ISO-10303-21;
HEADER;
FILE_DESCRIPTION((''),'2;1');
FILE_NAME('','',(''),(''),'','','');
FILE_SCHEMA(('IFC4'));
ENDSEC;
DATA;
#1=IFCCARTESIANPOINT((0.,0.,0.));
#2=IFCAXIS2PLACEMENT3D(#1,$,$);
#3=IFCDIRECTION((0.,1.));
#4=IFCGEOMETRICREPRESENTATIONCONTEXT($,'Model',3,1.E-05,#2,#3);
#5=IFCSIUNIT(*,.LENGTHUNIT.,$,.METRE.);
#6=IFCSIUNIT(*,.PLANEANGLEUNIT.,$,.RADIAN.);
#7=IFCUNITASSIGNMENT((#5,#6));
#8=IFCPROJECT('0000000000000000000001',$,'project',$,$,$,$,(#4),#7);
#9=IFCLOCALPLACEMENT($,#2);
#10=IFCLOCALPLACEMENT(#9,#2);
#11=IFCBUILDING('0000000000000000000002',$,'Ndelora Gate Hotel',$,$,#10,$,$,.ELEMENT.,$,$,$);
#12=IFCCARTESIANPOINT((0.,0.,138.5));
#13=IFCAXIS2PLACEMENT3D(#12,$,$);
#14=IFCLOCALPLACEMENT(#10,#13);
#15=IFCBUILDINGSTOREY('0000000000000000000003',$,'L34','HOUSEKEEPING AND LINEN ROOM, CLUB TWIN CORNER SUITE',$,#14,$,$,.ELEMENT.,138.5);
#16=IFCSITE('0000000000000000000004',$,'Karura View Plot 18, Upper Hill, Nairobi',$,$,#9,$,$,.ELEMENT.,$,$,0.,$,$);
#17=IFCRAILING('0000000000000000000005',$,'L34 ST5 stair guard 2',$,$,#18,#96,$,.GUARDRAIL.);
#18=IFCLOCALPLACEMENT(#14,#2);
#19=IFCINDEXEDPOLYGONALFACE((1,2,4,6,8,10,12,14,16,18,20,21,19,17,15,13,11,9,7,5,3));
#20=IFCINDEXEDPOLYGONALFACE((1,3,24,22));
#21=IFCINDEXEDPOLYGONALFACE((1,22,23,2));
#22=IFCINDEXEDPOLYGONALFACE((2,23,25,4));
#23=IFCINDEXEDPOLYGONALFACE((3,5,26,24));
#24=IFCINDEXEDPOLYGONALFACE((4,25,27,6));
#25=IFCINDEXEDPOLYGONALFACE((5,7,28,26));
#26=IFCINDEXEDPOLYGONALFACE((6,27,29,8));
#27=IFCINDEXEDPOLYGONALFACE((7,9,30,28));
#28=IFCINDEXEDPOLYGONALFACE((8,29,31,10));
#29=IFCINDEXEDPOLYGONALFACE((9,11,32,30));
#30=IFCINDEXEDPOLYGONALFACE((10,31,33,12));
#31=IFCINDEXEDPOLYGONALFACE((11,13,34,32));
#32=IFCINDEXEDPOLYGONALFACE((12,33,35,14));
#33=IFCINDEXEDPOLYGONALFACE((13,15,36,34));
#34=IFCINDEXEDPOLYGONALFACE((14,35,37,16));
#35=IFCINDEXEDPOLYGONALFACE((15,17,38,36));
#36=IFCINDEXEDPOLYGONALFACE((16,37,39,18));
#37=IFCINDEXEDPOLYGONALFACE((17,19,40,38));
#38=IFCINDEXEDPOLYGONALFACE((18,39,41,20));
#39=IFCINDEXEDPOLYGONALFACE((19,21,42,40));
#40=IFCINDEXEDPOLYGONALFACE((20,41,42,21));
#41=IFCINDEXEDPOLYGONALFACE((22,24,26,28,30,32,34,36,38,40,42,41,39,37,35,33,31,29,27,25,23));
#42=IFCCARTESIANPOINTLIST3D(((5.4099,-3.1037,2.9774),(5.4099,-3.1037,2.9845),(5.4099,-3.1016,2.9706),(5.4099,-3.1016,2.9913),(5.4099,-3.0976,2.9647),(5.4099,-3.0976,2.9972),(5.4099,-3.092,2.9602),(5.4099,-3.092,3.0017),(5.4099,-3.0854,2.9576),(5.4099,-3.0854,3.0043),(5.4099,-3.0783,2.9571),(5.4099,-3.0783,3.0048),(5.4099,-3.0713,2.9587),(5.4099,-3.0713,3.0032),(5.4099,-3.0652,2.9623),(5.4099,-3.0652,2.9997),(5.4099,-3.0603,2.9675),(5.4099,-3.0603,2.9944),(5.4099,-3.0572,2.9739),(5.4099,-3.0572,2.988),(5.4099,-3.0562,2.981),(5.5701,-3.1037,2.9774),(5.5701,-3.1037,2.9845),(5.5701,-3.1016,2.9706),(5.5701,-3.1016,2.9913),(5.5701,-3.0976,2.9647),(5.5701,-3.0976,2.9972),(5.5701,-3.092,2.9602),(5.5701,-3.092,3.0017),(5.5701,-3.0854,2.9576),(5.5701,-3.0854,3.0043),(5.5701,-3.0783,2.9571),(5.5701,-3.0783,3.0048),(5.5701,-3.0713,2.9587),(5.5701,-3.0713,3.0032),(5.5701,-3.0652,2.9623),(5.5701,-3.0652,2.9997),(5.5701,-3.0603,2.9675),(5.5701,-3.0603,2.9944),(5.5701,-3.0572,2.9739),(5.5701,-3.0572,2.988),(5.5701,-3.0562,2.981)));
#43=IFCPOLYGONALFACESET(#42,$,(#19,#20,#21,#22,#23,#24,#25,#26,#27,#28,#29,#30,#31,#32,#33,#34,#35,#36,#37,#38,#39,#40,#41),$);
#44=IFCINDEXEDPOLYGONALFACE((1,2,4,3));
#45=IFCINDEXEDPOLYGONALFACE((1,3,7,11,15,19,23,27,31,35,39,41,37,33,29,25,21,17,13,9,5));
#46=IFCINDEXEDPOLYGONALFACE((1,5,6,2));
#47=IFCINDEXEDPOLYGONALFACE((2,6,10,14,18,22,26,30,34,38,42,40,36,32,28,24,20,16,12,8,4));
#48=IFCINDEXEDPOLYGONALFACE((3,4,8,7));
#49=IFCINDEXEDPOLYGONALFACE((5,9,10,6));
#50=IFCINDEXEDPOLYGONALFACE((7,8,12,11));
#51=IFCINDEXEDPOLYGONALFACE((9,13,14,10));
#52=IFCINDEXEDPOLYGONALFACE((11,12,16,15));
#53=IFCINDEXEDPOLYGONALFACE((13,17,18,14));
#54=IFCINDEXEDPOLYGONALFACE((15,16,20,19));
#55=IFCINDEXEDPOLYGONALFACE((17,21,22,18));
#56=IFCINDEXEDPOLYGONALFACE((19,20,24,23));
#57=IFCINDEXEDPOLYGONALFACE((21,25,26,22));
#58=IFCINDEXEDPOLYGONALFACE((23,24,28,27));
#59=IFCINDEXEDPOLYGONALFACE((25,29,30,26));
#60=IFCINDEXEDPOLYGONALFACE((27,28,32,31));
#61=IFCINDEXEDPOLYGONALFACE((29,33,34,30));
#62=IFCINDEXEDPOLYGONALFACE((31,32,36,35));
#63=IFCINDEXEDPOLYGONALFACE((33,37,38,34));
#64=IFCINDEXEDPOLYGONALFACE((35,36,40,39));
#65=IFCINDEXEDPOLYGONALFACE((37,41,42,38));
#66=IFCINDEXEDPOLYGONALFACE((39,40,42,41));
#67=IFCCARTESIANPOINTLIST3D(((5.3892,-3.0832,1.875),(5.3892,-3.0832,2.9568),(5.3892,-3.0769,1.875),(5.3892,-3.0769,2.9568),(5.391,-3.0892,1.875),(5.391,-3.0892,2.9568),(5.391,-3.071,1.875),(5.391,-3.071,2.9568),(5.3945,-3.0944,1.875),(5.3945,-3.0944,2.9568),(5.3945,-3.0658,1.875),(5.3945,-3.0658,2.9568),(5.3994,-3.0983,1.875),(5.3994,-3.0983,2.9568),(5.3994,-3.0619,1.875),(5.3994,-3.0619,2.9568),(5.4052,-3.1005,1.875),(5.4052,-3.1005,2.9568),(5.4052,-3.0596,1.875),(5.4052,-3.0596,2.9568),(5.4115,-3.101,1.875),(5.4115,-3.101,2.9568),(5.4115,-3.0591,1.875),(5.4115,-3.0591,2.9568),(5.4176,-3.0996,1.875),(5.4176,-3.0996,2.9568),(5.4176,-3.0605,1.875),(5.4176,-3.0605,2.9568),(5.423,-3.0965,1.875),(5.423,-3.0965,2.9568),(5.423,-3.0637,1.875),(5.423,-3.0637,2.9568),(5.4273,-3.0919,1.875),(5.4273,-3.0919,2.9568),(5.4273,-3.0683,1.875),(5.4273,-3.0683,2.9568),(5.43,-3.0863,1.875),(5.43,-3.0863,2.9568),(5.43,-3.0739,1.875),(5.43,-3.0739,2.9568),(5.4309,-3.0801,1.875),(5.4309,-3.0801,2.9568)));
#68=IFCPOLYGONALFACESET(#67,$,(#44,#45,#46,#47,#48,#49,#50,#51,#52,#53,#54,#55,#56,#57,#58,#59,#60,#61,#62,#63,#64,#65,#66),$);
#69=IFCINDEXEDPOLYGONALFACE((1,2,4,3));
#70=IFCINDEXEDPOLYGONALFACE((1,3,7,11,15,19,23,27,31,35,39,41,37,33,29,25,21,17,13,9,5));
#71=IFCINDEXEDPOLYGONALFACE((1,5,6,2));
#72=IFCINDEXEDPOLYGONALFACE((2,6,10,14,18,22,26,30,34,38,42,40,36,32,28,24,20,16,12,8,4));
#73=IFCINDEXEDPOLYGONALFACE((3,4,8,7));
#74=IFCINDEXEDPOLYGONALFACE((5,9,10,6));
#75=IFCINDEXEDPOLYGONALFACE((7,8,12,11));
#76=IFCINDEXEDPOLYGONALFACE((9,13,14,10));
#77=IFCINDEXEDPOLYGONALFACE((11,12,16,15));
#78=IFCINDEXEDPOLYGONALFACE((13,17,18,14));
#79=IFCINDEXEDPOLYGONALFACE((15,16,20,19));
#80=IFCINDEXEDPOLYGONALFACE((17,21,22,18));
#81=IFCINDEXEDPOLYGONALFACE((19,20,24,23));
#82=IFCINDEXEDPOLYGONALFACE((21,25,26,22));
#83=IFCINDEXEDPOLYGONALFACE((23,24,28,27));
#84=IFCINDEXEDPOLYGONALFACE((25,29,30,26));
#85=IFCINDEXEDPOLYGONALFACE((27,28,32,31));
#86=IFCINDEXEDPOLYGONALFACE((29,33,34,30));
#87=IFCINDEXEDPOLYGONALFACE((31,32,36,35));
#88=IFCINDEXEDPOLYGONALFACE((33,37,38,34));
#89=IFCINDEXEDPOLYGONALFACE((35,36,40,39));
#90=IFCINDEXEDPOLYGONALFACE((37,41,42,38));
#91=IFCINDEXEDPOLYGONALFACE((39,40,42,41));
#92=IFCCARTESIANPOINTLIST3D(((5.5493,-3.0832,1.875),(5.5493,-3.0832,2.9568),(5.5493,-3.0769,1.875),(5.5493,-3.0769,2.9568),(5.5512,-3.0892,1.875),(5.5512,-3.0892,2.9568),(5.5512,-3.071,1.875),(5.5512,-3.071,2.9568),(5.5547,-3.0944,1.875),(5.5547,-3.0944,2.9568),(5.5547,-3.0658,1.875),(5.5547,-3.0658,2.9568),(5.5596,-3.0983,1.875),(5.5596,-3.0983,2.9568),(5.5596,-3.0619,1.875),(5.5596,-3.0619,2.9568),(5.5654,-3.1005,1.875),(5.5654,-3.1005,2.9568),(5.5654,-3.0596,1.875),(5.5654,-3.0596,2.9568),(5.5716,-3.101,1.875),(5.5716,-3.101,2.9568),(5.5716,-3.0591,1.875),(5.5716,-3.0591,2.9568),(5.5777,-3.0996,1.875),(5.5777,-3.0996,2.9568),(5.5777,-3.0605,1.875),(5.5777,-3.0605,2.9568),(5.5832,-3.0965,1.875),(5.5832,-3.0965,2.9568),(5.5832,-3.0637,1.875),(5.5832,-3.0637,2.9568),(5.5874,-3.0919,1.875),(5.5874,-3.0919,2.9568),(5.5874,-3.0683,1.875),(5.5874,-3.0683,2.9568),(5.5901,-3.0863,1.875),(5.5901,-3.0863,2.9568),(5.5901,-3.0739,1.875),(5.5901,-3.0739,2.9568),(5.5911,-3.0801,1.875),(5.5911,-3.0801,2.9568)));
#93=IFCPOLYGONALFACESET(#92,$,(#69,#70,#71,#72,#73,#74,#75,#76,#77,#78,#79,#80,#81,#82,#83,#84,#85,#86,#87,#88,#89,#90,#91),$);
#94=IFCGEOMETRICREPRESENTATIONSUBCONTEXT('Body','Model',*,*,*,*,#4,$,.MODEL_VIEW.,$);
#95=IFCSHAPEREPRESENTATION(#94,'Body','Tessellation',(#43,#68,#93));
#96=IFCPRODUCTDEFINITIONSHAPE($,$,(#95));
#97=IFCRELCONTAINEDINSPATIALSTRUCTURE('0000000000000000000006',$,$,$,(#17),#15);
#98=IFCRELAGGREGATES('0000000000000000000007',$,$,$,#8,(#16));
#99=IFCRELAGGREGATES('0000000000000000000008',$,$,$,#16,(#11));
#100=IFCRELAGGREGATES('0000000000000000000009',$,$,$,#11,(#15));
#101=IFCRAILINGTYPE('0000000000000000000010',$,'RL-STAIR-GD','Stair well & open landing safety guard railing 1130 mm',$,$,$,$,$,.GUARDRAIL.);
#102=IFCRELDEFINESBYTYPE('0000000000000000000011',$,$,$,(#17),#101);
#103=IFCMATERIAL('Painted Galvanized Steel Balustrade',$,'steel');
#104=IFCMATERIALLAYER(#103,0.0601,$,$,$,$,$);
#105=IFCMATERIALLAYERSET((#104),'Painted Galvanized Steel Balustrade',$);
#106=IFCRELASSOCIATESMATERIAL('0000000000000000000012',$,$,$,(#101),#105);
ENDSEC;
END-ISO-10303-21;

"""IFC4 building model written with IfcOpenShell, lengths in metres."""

from ifc_helpers import new_model, si_unit, direction, frame, origin, origin_2d, place, context, subcontext, project, spatial, circle, extrude, material, layer, layer_set, type_object, element, save


model = new_model("IFC4")

# Units and contexts
model_context = context("Model", 3, precision=1e-05, world=origin(), true_north=direction((0.0, 1.0)))
body_context = subcontext(model_context, "Body", "Model", "MODEL_VIEW")
ifc_project = project(units=[si_unit("LENGTHUNIT", "METRE"), si_unit("PLANEANGLEUNIT", "RADIAN")], contexts=[model_context])

# Site, building, storey
site_placement = place(None, origin())
site = spatial("IfcSite", under=ifc_project, at=site_placement, Name="Karura View Plot 18, Upper Hill, Nairobi", CompositionType="ELEMENT", RefElevation=0.0)
building_placement = place(site_placement, origin())
building = spatial("IfcBuilding", under=site, at=building_placement, Name="Ndelora Gate Hotel", CompositionType="ELEMENT")
storey_placement = place(building_placement, frame((0.0, 0.0, 138.5)))
storey = spatial("IfcBuildingStorey", under=building, at=storey_placement, Name="L34", Description="HOUSEKEEPING AND LINEN ROOM, CLUB TWIN CORNER SUITE", CompositionType="ELEMENT", Elevation=138.5)

# Railing
ifc_material_1 = material(Name="Painted Galvanized Steel Balustrade", Category="steel")
ifc_layer_1 = layer(ifc_material_1, 0.0601)
ifc_layer_set_1 = layer_set([ifc_layer_1], Name="Painted Galvanized Steel Balustrade")
railing_type_1 = type_object("IfcRailingType", Name="RL-STAIR-GD", Description="Stair well & open landing safety guard railing 1130 mm", PredefinedType="GUARDRAIL", material=ifc_layer_set_1)
railing_1_placement = place(storey_placement, frame((5.4099, -3.0801, 1.875)))
element("IfcRailing", 1, at=railing_1_placement, inside=storey, type_object=railing_type_1, Name="L34 ST5 stair guard 2", PredefinedType="GUARDRAIL", context=body_context, shape_type="SweptSolid", body=[
    extrude(circle(Radius=0.0239, at=origin_2d()), frame((0.0, 0.0, 1.106), z_axis=(1.0, 0.0, 0.0), x_axis=(0.0, 1.0, 0.0)), (0.0, 0.0, 1.0), 0.1602),
    extrude(circle(Radius=0.021, at=origin_2d()), origin(), (0.0, 0.0, 1.0), 1.0818),
    extrude(circle(Radius=0.021, at=origin_2d()), frame((0.1602, 0.0, 0.0)), (0.0, 0.0, 1.0), 1.0818),
])

save(model, "model.ifc")
